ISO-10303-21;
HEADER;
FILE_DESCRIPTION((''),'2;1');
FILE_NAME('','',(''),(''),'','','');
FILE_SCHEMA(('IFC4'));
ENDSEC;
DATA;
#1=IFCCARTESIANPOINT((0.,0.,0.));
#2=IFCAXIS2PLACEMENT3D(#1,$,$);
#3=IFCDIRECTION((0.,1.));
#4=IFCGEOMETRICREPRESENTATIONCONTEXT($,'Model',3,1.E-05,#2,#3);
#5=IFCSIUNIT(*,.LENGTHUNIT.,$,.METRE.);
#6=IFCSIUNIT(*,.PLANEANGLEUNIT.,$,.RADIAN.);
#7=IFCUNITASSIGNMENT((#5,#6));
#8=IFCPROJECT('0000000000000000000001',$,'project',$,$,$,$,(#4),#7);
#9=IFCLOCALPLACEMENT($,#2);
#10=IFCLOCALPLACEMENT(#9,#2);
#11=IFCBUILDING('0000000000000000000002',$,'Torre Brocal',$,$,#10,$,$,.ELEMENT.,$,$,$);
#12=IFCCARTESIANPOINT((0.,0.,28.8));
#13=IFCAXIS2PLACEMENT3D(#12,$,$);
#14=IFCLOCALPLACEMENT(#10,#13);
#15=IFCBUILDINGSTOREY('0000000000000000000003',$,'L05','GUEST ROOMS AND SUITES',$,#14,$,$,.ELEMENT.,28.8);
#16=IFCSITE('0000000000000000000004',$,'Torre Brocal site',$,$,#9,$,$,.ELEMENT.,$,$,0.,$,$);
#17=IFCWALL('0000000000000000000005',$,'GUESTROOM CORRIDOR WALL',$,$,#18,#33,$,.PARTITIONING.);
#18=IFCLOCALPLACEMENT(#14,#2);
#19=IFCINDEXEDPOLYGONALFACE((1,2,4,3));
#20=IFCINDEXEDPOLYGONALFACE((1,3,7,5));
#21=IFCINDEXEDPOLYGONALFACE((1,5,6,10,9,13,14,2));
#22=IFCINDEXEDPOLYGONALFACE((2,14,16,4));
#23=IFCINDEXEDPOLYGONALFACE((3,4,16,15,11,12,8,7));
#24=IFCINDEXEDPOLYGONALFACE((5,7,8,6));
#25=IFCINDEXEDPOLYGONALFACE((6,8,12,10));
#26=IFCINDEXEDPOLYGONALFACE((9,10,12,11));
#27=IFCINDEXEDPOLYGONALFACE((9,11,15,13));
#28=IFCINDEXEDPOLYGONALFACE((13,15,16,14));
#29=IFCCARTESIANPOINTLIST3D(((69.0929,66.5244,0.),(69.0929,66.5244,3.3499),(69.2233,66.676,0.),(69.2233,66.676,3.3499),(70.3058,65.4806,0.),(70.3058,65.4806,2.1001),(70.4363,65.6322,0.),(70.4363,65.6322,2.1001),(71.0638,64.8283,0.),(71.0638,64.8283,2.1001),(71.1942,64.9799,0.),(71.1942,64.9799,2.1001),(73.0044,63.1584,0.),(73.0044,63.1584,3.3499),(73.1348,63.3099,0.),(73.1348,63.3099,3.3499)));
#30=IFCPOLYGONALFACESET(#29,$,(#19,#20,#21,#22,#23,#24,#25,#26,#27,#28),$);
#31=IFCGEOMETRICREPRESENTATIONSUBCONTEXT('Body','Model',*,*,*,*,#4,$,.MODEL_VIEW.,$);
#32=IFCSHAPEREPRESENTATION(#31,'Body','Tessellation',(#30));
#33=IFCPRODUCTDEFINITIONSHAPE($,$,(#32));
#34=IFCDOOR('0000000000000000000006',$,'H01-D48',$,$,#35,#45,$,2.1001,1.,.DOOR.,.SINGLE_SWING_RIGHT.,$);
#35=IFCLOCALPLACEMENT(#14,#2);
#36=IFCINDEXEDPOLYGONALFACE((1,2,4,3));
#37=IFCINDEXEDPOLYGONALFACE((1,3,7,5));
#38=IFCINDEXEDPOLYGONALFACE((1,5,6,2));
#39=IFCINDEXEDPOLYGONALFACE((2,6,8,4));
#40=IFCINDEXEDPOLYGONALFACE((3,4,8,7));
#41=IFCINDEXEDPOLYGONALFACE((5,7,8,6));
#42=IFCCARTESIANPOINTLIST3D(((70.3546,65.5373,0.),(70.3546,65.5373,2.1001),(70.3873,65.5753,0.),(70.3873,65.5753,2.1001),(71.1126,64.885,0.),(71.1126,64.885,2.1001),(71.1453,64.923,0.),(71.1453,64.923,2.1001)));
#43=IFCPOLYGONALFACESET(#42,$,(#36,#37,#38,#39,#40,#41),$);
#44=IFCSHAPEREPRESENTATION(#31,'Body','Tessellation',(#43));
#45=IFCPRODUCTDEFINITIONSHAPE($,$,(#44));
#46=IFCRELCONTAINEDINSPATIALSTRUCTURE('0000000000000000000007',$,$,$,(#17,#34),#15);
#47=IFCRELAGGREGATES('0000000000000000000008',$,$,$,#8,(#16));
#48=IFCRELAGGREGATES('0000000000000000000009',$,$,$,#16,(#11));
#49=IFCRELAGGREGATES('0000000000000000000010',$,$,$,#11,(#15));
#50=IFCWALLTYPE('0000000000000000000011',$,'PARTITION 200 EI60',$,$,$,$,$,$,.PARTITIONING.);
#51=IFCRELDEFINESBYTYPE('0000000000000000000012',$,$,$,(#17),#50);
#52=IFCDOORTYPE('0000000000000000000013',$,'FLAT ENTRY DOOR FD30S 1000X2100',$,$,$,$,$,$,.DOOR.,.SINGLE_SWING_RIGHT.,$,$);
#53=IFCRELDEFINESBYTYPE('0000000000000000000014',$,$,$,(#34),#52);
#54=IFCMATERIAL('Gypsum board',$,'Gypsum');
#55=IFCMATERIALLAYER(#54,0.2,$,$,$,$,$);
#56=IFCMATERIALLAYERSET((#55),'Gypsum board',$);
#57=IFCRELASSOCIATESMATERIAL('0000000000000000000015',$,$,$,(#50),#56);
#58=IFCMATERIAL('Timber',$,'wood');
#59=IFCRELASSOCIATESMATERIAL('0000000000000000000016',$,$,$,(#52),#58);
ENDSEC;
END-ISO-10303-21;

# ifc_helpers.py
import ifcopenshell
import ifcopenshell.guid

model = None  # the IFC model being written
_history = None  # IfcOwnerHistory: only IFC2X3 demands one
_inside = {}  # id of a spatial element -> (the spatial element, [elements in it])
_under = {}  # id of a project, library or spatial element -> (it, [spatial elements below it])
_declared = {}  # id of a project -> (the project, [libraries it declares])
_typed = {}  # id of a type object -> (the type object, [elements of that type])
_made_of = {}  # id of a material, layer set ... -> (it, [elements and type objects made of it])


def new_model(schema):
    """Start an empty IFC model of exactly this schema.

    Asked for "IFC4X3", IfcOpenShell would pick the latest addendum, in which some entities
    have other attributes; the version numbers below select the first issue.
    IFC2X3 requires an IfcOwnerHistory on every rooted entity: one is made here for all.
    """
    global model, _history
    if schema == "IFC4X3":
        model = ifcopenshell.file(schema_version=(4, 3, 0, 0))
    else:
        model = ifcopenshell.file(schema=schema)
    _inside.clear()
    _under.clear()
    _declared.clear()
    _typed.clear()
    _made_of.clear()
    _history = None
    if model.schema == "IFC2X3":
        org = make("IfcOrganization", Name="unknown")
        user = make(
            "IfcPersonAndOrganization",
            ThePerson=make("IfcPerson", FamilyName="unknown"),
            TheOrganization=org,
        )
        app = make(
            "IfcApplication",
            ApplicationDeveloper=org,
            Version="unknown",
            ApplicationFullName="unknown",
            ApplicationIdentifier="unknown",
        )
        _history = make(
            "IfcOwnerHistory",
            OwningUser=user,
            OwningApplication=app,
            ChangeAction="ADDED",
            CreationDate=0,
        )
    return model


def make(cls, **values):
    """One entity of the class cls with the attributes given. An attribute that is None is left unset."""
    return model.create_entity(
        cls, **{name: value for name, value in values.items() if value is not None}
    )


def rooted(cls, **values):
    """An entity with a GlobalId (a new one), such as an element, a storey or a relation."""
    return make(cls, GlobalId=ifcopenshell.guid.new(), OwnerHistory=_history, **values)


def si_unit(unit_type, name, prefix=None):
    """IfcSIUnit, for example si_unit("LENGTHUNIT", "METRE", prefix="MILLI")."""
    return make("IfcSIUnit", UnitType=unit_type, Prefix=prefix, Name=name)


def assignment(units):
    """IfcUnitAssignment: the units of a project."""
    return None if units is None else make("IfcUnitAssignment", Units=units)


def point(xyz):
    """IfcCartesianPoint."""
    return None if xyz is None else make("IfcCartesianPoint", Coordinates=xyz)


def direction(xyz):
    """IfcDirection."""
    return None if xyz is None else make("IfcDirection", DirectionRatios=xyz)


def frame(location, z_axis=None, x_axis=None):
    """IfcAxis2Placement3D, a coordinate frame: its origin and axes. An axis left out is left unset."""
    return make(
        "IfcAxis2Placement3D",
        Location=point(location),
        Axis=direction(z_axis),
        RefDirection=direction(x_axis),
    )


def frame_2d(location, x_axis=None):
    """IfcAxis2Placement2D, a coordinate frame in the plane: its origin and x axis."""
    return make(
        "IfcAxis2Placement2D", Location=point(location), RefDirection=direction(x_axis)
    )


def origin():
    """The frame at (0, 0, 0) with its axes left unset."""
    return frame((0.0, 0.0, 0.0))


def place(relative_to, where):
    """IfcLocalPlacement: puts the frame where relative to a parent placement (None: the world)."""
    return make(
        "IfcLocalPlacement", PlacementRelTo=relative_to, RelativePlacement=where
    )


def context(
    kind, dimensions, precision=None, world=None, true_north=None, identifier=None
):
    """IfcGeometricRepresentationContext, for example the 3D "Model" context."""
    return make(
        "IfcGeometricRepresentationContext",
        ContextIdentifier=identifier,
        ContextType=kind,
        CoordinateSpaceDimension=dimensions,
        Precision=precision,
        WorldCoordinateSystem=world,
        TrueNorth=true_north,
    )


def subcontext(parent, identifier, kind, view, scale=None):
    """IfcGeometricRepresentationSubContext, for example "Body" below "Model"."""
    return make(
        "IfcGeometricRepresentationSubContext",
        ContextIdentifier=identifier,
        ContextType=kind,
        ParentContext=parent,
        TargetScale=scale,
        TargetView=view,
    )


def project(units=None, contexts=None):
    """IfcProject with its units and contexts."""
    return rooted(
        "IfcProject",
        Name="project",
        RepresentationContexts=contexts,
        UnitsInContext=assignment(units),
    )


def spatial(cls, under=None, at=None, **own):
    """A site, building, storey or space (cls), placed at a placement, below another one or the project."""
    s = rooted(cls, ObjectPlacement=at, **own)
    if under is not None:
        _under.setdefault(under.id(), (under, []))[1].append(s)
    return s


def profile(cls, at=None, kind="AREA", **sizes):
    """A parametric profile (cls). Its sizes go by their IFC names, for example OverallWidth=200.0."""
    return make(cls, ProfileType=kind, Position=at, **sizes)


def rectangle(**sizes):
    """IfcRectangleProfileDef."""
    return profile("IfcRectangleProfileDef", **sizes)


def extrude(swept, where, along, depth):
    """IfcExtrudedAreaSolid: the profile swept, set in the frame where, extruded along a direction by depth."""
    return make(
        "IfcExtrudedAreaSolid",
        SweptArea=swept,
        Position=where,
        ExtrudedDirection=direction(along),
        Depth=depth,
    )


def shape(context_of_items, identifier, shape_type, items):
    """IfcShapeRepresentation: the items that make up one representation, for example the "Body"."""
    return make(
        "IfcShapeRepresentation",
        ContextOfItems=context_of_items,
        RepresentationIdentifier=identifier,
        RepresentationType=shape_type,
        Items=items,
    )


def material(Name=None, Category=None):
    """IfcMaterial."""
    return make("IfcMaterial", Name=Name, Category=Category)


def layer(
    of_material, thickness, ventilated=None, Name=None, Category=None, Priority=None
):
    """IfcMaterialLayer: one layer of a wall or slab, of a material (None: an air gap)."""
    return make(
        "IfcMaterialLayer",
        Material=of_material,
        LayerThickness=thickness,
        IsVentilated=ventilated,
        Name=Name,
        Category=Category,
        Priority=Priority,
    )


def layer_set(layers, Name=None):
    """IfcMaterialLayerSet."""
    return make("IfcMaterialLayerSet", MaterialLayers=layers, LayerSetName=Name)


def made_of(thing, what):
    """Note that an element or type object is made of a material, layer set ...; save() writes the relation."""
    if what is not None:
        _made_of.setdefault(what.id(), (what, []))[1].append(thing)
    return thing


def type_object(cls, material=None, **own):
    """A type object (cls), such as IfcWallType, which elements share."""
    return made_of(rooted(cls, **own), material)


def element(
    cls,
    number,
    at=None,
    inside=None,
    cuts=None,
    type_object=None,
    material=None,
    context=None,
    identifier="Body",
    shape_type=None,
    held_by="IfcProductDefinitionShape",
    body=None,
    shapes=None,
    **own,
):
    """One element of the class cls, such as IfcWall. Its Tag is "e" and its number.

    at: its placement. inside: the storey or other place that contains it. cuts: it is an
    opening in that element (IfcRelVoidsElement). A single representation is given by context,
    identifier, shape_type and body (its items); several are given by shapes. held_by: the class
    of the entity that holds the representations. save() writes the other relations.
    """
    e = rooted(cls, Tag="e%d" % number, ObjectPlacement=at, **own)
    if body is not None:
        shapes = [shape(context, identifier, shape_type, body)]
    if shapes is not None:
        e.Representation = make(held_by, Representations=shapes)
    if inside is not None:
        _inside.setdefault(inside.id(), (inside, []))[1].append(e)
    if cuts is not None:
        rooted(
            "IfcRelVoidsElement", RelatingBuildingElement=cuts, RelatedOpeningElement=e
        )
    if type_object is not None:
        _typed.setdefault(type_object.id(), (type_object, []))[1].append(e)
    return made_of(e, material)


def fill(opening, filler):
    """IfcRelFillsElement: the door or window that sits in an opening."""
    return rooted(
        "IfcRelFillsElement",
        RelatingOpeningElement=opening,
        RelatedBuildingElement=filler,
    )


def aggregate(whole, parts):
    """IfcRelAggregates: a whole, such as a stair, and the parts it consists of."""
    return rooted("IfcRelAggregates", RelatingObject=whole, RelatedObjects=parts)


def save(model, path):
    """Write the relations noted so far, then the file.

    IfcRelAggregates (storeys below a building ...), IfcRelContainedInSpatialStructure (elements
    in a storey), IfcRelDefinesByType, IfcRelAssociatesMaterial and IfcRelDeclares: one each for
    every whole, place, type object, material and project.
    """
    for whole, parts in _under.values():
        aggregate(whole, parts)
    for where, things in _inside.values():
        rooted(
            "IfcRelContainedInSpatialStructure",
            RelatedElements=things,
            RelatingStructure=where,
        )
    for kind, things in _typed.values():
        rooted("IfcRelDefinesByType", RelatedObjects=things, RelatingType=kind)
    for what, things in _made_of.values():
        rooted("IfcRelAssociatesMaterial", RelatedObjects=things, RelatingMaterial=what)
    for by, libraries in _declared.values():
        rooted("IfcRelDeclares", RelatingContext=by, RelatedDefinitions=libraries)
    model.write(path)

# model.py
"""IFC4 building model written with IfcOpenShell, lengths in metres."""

from ifc_helpers import new_model, si_unit, direction, frame, frame_2d, origin, place, context, subcontext, project, spatial, rectangle, extrude, material, layer, layer_set, type_object, element, fill, save


model = new_model("IFC4")

# Units and contexts
model_context = context("Model", 3, precision=1e-05, world=origin(), true_north=direction((0.0, 1.0)))
body_context = subcontext(model_context, "Body", "Model", "MODEL_VIEW")
ifc_project = project(units=[si_unit("LENGTHUNIT", "METRE"), si_unit("PLANEANGLEUNIT", "RADIAN")], contexts=[model_context])

# Site, building, storey
site_placement = place(None, origin())
site = spatial("IfcSite", under=ifc_project, at=site_placement, Name="Torre Brocal site", CompositionType="ELEMENT", RefElevation=0.0)
building_placement = place(site_placement, origin())
building = spatial("IfcBuilding", under=site, at=building_placement, Name="Torre Brocal", CompositionType="ELEMENT")
storey_placement = place(building_placement, frame((0.0, 0.0, 28.8)))
storey = spatial("IfcBuildingStorey", under=building, at=storey_placement, Name="L05", Description="GUEST ROOMS AND SUITES", CompositionType="ELEMENT", Elevation=28.8)

# Shared definitions
ifc_material_1 = material(Name="Gypsum board", Category="Gypsum")
ifc_layer_1 = layer(ifc_material_1, 0.2)
ifc_layer_set_1 = layer_set([ifc_layer_1], Name="Gypsum board")
wall_type_1 = type_object("IfcWallType", Name="PARTITION 200 EI60", PredefinedType="PARTITIONING", material=ifc_layer_set_1)

# Wall, opening, door
ifc_material_2 = material(Name="Timber", Category="wood")
door_type_1 = type_object("IfcDoorType", Name="FLAT ENTRY DOOR FD30S 1000X2100", OperationType="SINGLE_SWING_RIGHT", PredefinedType="DOOR", material=ifc_material_2)
wall_1_placement = place(storey_placement, frame((69.1582, 66.6001, 0.0), z_axis=(0.0, 0.0, 1.0), x_axis=(0.757976, -0.652282, 0.0)))
wall_1 = element("IfcWall", 1, at=wall_1_placement, inside=storey, type_object=wall_type_1, Name="GUESTROOM CORRIDOR WALL", PredefinedType="PARTITIONING", context=body_context, shape_type="SweptSolid", body=[
    extrude(rectangle(XDim=5.1604, YDim=0.2, at=frame_2d((2.5801, 0.0))), origin(), (0.0, 0.0, 1.0), 3.3499),
])
opening_1_placement = place(wall_1_placement, frame((1.6001, 0.0, 0.0)))
opening_1 = element("IfcOpeningElement", 2, at=opening_1_placement, cuts=wall_1, PredefinedType="OPENING", context=body_context, shape_type="SweptSolid", body=[
    extrude(rectangle(XDim=1.0, YDim=2.1001, at=frame_2d((0.5, 1.05))), frame((0.0, 0.1099, 0.0), z_axis=(0.0, -1.0, 0.0), x_axis=(1.0, 0.0, 0.0)), (0.0, 0.0, 1.0), 0.22),
])
door_1_placement = place(opening_1_placement, origin())
door_1 = element("IfcDoor", 3, at=door_1_placement, inside=storey, type_object=door_type_1, Name="H01-D48", OperationType="SINGLE_SWING_RIGHT", OverallHeight=2.1001, OverallWidth=1.0, PredefinedType="DOOR", context=body_context, shape_type="SweptSolid", body=[
    extrude(rectangle(XDim=1.0, YDim=2.1001, at=frame_2d((0.5, 1.05))), frame((0.0, 0.0249, 0.0), z_axis=(0.0, -1.0, 0.0), x_axis=(1.0, 0.0, 0.0)), (0.0, 0.0, 1.0), 0.05),
])
fill(opening_1, door_1)

save(model, "model.ifc")
